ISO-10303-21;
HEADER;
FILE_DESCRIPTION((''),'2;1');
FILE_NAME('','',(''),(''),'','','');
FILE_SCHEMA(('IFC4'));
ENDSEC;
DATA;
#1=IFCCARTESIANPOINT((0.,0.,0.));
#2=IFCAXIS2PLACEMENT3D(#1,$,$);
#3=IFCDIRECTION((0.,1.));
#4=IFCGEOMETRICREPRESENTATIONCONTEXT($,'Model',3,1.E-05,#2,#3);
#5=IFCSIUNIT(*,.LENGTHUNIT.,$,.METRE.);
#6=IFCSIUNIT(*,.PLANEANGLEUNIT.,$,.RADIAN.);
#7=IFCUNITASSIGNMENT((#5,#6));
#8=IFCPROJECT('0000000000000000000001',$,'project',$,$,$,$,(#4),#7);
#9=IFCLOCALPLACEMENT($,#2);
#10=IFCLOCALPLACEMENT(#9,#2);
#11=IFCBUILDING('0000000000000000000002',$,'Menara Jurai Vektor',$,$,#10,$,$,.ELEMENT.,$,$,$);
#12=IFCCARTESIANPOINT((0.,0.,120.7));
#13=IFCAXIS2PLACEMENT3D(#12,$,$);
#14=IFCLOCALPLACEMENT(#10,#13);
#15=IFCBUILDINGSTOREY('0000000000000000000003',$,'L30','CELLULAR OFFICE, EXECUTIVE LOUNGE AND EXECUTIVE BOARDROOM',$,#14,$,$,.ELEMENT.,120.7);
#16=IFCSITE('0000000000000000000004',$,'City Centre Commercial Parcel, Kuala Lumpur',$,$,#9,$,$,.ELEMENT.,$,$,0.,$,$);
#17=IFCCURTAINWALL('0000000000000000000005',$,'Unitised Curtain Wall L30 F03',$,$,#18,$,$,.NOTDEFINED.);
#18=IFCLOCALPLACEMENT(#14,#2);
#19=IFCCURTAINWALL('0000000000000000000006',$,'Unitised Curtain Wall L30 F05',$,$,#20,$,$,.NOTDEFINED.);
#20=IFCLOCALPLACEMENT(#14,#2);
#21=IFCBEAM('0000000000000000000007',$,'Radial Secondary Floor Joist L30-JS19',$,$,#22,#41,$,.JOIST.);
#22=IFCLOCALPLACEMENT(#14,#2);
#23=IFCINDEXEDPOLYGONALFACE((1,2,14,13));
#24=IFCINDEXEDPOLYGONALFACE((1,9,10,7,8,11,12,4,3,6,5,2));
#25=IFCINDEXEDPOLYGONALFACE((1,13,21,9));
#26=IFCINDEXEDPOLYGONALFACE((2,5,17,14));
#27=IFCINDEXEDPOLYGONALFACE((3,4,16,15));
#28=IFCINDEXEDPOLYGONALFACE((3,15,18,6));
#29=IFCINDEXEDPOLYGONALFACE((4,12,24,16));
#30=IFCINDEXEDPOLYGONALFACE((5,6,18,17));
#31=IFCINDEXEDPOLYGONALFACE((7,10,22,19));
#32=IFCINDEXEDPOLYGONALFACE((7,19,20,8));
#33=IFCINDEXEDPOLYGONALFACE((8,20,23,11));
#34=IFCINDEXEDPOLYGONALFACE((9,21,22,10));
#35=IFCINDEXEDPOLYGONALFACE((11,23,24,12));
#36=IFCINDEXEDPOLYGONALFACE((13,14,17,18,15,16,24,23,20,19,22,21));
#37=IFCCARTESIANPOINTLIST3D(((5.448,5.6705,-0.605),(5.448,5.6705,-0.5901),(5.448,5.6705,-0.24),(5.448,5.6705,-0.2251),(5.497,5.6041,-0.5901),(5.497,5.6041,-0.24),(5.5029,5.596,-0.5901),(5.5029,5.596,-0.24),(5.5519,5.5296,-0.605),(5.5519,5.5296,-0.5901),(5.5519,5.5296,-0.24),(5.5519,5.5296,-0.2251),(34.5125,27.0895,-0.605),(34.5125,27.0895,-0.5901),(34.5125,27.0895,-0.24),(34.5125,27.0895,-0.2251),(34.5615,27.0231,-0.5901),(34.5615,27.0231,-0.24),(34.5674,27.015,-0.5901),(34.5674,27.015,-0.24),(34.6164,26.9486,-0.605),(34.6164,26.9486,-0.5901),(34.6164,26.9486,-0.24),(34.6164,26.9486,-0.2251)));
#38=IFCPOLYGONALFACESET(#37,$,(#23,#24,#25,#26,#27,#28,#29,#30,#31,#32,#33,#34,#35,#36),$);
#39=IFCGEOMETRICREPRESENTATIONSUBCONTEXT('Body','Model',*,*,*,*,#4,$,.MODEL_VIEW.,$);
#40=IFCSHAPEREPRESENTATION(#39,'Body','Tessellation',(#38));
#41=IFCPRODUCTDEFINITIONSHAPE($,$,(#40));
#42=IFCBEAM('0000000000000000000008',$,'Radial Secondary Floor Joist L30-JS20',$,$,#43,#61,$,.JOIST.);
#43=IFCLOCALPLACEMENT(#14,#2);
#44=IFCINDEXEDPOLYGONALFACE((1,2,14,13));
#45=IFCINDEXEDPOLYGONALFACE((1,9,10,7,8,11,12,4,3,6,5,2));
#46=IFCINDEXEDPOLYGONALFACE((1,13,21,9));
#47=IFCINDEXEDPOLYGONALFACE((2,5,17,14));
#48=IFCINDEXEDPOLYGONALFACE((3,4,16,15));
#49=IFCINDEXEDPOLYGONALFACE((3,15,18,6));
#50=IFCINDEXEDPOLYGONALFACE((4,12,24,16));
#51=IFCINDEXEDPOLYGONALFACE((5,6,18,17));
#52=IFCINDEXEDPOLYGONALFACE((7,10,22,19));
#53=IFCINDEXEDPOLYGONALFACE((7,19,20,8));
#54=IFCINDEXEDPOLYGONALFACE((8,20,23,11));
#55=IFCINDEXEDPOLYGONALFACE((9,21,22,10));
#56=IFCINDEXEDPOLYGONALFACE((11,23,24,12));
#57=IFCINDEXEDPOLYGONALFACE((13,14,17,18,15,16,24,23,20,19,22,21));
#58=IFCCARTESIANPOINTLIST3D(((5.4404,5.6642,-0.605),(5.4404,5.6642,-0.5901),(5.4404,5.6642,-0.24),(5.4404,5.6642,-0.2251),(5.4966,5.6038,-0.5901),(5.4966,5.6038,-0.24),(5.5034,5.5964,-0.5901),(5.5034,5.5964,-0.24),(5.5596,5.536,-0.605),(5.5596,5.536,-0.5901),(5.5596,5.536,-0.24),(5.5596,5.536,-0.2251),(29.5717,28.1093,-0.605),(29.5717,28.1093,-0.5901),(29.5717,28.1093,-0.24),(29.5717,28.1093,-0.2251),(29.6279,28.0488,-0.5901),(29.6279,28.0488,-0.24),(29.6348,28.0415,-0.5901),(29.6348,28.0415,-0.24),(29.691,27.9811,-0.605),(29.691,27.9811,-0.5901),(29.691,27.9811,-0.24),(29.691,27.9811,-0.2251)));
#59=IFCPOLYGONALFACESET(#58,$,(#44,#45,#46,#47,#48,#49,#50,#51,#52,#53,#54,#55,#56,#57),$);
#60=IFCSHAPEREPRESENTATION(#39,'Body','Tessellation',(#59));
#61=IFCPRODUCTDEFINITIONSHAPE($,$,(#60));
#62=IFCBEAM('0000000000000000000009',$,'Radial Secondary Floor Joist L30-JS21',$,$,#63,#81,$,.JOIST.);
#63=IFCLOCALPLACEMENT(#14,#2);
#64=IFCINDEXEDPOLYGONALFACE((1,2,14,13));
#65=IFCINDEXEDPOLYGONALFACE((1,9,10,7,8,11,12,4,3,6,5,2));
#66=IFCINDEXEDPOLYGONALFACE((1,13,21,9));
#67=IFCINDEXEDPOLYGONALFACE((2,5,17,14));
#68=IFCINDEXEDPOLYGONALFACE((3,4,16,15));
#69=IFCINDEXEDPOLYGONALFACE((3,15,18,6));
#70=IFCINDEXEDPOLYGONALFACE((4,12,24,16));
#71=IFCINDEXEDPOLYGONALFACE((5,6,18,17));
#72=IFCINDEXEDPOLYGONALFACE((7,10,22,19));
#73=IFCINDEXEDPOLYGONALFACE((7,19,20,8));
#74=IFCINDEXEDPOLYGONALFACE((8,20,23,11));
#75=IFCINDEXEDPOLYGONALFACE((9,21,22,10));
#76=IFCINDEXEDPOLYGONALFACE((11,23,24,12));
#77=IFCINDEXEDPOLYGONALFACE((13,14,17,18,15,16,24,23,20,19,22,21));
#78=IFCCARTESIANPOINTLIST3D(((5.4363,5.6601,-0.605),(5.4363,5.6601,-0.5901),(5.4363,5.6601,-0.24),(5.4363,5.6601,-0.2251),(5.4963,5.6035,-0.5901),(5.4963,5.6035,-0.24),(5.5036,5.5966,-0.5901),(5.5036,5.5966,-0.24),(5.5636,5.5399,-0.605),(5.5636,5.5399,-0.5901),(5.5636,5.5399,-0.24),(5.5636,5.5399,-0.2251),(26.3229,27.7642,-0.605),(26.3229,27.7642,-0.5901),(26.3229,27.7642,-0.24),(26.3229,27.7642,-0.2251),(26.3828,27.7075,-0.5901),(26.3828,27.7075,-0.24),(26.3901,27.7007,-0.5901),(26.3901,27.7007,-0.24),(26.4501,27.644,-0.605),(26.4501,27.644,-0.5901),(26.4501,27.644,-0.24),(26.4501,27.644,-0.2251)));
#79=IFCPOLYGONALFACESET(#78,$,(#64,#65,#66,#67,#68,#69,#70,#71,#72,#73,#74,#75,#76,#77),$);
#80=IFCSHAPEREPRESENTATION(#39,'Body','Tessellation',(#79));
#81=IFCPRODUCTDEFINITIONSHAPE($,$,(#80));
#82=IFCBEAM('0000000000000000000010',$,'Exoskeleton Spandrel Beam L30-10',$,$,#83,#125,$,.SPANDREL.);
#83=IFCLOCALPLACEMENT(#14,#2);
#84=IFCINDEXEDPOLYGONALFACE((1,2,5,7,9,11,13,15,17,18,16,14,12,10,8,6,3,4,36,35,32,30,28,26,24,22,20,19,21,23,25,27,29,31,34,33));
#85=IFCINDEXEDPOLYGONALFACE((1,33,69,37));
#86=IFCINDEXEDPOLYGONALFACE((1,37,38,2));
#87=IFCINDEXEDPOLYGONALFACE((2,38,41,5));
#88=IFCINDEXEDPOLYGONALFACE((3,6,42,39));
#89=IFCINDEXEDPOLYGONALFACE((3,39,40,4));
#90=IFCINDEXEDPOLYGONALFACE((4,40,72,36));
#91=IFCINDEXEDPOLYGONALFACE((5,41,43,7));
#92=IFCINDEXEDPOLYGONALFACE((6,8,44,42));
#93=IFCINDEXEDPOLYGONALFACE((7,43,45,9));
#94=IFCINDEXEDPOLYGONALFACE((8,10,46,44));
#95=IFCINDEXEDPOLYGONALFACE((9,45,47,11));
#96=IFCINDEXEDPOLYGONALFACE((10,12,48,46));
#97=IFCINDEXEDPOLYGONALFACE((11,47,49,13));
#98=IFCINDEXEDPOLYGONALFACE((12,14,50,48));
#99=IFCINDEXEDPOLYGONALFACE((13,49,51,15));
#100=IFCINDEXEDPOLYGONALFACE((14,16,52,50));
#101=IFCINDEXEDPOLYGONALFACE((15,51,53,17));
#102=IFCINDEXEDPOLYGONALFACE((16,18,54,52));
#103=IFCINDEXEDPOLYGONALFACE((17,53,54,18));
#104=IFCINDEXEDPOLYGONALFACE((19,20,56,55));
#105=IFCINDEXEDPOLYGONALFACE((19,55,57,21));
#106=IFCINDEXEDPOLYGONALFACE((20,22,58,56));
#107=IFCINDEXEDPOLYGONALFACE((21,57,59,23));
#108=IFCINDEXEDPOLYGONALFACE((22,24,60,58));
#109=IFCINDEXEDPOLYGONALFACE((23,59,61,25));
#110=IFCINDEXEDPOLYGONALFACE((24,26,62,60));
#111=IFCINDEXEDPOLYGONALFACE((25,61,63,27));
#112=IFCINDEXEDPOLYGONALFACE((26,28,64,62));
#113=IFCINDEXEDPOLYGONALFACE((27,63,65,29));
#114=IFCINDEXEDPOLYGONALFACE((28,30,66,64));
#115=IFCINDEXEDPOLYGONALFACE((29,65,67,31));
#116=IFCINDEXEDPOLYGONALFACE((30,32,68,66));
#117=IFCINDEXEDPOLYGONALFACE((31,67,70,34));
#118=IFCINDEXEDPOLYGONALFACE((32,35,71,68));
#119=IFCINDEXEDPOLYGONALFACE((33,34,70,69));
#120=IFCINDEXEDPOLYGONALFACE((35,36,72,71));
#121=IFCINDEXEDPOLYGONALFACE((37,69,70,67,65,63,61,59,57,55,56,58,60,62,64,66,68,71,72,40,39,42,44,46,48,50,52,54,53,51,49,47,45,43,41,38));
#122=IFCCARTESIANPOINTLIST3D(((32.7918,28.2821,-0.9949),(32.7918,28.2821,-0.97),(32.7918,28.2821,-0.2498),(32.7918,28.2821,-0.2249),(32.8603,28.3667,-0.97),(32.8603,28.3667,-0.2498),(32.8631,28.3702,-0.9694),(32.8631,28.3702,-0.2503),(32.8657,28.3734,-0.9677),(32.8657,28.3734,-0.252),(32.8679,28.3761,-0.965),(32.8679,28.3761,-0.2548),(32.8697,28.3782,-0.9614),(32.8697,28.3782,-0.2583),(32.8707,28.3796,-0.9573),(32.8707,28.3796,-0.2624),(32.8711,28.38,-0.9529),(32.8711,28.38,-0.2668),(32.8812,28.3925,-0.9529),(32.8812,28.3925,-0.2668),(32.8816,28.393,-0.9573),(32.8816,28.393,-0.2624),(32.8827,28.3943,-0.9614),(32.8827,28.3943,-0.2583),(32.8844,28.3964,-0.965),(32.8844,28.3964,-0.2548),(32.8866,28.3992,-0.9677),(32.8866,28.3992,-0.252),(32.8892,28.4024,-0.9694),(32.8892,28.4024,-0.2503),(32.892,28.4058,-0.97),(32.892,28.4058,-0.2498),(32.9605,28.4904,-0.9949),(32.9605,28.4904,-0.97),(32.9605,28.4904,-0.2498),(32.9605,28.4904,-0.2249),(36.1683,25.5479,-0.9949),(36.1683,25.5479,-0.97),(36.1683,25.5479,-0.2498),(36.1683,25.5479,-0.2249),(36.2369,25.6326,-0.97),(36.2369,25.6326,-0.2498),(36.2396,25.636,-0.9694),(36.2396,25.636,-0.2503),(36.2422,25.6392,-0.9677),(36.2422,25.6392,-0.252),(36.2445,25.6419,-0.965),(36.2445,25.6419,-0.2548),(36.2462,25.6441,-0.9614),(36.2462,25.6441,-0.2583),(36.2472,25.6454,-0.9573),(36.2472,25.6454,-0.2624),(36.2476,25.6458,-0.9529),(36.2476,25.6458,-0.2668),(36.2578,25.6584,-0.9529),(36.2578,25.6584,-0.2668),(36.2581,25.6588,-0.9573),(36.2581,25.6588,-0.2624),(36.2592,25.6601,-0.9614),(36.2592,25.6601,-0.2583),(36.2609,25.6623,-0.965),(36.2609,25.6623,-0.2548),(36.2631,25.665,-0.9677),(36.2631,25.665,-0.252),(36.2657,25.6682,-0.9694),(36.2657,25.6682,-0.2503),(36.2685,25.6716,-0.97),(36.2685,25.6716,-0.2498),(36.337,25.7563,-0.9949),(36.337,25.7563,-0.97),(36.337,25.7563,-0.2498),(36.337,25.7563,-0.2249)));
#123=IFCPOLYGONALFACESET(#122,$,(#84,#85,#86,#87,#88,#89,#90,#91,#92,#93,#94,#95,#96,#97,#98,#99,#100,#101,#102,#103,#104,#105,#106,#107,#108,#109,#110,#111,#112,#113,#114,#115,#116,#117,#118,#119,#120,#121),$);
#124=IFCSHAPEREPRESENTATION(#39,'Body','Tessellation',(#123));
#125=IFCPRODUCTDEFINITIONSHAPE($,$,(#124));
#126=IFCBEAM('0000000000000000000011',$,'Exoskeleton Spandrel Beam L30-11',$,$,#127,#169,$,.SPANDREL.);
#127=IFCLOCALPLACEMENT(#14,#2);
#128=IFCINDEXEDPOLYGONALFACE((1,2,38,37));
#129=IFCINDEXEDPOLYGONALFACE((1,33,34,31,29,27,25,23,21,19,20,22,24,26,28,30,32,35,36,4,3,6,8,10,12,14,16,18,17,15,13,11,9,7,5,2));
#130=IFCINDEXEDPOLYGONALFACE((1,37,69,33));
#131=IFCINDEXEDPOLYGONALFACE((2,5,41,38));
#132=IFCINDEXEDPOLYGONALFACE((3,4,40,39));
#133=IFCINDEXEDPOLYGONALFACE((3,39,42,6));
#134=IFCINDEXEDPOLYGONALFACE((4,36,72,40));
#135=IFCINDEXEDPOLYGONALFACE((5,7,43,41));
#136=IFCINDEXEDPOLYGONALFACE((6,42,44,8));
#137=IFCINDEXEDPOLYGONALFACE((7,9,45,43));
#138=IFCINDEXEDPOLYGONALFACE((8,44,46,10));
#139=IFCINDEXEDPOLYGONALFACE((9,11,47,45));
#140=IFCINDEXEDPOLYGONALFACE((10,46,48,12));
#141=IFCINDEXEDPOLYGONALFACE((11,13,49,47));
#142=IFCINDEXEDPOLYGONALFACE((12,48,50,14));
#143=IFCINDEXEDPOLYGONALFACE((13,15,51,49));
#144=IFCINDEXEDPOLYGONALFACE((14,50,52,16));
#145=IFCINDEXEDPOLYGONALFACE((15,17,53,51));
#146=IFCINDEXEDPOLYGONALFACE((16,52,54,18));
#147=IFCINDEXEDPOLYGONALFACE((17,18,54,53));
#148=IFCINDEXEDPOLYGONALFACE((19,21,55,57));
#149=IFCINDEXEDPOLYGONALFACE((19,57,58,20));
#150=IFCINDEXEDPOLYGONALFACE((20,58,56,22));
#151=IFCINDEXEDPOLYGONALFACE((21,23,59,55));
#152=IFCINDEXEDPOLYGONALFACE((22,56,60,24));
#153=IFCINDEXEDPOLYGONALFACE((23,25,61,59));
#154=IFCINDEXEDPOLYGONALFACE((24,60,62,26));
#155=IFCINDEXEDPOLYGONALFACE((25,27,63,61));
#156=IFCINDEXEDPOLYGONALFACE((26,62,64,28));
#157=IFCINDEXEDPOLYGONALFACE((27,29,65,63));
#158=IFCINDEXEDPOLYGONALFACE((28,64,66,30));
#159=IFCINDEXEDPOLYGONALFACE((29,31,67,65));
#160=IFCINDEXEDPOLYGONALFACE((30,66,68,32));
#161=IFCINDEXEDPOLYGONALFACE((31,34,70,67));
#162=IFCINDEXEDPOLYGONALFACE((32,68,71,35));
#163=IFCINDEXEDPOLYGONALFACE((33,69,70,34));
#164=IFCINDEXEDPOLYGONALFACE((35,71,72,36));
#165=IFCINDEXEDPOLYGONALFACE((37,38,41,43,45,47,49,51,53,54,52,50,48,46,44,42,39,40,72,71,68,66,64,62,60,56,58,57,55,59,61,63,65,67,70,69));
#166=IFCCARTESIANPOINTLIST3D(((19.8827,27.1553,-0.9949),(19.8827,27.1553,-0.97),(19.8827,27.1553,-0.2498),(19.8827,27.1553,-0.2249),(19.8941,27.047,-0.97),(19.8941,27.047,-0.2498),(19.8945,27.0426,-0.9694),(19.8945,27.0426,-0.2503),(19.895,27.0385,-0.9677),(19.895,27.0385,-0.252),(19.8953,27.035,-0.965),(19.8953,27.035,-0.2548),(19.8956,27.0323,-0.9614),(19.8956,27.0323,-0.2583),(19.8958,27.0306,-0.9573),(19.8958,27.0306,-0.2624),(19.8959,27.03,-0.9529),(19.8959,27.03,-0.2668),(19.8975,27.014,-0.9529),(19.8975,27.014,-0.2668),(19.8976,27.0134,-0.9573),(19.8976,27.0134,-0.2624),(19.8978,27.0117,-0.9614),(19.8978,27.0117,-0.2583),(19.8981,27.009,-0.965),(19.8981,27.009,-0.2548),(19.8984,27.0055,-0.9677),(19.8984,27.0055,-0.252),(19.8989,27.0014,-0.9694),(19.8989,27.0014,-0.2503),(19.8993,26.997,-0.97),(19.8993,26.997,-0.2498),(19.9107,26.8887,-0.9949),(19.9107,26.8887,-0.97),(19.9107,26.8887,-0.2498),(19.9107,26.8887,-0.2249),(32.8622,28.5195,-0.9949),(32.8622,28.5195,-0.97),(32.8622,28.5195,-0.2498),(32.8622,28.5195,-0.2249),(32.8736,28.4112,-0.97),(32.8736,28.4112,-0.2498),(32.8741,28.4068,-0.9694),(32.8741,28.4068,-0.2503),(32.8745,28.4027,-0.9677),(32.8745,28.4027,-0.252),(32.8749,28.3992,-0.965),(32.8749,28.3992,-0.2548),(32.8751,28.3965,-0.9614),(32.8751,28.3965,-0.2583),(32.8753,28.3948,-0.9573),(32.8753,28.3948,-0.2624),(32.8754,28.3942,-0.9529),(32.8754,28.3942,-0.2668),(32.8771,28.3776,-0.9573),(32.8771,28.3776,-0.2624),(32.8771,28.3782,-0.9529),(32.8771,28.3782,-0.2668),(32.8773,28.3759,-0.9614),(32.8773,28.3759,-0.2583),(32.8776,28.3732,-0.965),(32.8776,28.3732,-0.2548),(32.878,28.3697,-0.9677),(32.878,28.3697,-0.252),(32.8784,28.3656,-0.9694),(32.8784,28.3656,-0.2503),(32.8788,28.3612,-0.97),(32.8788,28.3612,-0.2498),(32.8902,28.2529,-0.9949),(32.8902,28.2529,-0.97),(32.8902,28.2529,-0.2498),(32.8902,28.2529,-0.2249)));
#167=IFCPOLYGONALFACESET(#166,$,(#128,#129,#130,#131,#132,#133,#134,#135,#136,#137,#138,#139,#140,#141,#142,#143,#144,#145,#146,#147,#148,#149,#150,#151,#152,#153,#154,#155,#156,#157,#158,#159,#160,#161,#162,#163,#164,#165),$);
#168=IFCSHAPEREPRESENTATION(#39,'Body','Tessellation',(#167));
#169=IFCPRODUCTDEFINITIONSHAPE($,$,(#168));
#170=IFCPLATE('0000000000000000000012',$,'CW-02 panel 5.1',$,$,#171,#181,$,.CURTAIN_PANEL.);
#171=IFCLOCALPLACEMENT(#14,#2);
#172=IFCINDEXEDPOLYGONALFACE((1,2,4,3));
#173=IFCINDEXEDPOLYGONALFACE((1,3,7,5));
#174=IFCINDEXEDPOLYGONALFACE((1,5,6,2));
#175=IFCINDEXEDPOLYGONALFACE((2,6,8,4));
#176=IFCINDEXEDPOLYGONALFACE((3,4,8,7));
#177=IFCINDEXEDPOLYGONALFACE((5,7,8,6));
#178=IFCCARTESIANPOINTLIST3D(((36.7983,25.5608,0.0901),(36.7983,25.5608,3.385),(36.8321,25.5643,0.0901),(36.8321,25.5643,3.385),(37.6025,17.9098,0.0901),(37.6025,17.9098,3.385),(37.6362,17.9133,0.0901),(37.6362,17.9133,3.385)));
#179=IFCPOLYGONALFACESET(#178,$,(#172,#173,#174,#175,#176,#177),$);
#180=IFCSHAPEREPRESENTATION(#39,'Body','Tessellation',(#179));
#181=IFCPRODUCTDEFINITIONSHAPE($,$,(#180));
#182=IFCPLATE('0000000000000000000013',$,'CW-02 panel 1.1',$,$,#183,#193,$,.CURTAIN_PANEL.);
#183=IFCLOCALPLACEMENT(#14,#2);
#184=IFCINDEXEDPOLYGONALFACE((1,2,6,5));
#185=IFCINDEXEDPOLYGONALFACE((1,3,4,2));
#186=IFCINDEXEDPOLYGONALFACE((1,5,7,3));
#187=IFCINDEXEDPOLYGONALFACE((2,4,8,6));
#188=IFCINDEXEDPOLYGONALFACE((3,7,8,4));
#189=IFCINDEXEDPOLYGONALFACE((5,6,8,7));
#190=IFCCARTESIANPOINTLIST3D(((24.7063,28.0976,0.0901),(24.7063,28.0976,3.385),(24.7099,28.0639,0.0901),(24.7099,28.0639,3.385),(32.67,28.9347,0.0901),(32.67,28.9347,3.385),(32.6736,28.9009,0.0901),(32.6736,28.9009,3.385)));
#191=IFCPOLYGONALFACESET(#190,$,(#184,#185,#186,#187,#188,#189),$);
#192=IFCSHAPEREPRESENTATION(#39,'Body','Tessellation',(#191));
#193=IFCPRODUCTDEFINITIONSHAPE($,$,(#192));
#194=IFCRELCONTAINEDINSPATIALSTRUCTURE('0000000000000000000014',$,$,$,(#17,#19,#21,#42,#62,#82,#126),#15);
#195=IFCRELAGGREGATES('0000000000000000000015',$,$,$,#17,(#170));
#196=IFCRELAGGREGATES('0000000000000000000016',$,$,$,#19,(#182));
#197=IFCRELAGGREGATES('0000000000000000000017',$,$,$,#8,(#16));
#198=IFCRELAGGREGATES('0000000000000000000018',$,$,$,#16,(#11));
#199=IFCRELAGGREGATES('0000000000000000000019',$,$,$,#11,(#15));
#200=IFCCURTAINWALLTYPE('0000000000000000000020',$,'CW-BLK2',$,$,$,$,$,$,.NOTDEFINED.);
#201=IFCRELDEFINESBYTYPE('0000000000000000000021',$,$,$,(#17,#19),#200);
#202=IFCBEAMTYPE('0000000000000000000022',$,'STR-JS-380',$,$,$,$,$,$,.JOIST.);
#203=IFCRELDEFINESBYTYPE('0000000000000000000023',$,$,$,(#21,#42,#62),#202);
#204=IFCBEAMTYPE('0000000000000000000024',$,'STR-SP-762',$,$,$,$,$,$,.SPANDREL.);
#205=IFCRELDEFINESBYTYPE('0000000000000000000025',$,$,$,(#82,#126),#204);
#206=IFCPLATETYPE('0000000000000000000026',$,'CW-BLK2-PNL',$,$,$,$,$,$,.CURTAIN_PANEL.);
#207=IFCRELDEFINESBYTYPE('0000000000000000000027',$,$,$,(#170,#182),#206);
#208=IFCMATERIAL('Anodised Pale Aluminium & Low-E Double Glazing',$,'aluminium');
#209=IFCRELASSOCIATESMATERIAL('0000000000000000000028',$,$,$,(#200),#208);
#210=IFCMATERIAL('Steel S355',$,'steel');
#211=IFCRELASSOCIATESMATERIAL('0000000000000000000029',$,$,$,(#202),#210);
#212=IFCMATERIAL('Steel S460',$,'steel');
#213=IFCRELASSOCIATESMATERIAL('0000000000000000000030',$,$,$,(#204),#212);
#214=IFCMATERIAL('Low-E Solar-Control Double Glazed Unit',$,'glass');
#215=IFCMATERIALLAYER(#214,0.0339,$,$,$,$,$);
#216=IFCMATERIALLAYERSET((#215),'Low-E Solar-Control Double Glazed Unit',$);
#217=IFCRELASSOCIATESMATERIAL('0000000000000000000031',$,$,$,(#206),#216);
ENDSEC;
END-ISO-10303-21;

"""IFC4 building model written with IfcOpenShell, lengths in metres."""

from ifc_helpers import new_model, si_unit, direction, frame, origin, origin_2d, place, context, subcontext, project, spatial, rectangle, i_section, extrude, material, layer, layer_set, material_profile, profile_set, type_object, element, aggregate, save


model = new_model("IFC4")

# Units and contexts
model_context = context("Model", 3, precision=1e-05, world=origin(), true_north=direction((0.0, 1.0)))
body_context = subcontext(model_context, "Body", "Model", "MODEL_VIEW")
ifc_project = project(units=[si_unit("LENGTHUNIT", "METRE"), si_unit("PLANEANGLEUNIT", "RADIAN")], contexts=[model_context])

# Site, building, storey
site_placement = place(None, origin())
site = spatial("IfcSite", under=ifc_project, at=site_placement, Name="City Centre Commercial Parcel, Kuala Lumpur", CompositionType="ELEMENT", RefElevation=0.0)
building_placement = place(site_placement, origin())
building = spatial("IfcBuilding", under=site, at=building_placement, Name="Menara Jurai Vektor", CompositionType="ELEMENT")
storey_placement = place(building_placement, frame((0.0, 0.0, 120.7)))
storey = spatial("IfcBuildingStorey", under=building, at=storey_placement, Name="L30", Description="CELLULAR OFFICE, EXECUTIVE LOUNGE AND EXECUTIVE BOARDROOM", CompositionType="ELEMENT", Elevation=120.7)

# Shared definitions
ifc_material_1 = material(Name="Steel S460", Category="steel")

# Curtain wall
ifc_material_2 = material(Name="Anodised Pale Aluminium & Low-E Double Glazing", Category="aluminium")
curtain_wall_type = type_object("IfcCurtainWallType", Name="CW-BLK2", PredefinedType="NOTDEFINED", material=ifc_material_2)
curtain_wall_1_placement = place(storey_placement, origin())
curtain_wall_1 = element("IfcCurtainWall", 1, at=curtain_wall_1_placement, inside=storey, type_object=curtain_wall_type, Name="Unitised Curtain Wall L30 F03", PredefinedType="NOTDEFINED")

# Curtain wall
curtain_wall_2_placement = place(storey_placement, origin())
curtain_wall_2 = element("IfcCurtainWall", 2, at=curtain_wall_2_placement, inside=storey, type_object=curtain_wall_type, Name="Unitised Curtain Wall L30 F05", PredefinedType="NOTDEFINED")

# Shared definitions
ifc_material_3 = material(Name="Steel S355", Category="steel")

# Beams
ifc_material_profile_1 = material_profile(ifc_material_3, i_section(OverallWidth=0.175, OverallDepth=0.3799, WebThickness=0.01, FlangeThickness=0.0149, at=origin_2d()), Name="PG 380x175x58")
ifc_profile_set_1 = profile_set([ifc_material_profile_1], Name="Steel S355")
beam_type_1 = type_object("IfcBeamType", Name="STR-JS-380", PredefinedType="JOIST", material=ifc_profile_set_1)
beam_1_placement = place(storey_placement, frame((34.5645, 27.019, -0.415), z_axis=(-0.805016, -0.593253, 0.0), x_axis=(0.593253, -0.805016, 0.0)))
element("IfcBeam", 3, at=beam_1_placement, inside=storey, type_object=beam_type_1, Name="Radial Secondary Floor Joist L30-JS19", PredefinedType="JOIST", context=body_context, shape_type="SweptSolid", body=[
    extrude(i_section(OverallWidth=0.175, OverallDepth=0.3799, WebThickness=0.01, FlangeThickness=0.0149, at=origin_2d()), origin(), (0.0, 0.0, 1.0), 36.1042),
])
beam_2_placement = place(storey_placement, frame((29.6313, 28.0452, -0.415), z_axis=(-0.732228, -0.68106, 0.0), x_axis=(0.68106, -0.732228, 0.0)))
element("IfcBeam", 4, at=beam_2_placement, inside=storey, type_object=beam_type_1, Name="Radial Secondary Floor Joist L30-JS20", PredefinedType="JOIST", context=body_context, shape_type="SweptSolid", body=[
    extrude(i_section(OverallWidth=0.175, OverallDepth=0.3799, WebThickness=0.01, FlangeThickness=0.0149, at=origin_2d()), origin(), (0.0, 0.0, 1.0), 32.9561),
])
beam_3_placement = place(storey_placement, frame((26.3865, 27.7041, -0.415), z_axis=(-0.686805, -0.726841, 0.0), x_axis=(0.726841, -0.686805, 0.0)))
element("IfcBeam", 5, at=beam_3_placement, inside=storey, type_object=beam_type_1, Name="Radial Secondary Floor Joist L30-JS21", PredefinedType="JOIST", context=body_context, shape_type="SweptSolid", body=[
    extrude(i_section(OverallWidth=0.175, OverallDepth=0.3799, WebThickness=0.01, FlangeThickness=0.0149, at=origin_2d()), origin(), (0.0, 0.0, 1.0), 30.4111),
])
ifc_material_profile_2 = material_profile(ifc_material_1, i_section(OverallWidth=0.2681, OverallDepth=0.77, WebThickness=0.0161, FlangeThickness=0.0249, FilletRadius=0.0171, at=origin_2d()), Name="UKB 762x267x197")
ifc_profile_set_2 = profile_set([ifc_material_profile_2], Name="Steel S460")
beam_type_2 = type_object("IfcBeamType", Name="STR-SP-762", PredefinedType="SPANDREL", material=ifc_profile_set_2)
beam_4_placement = place(storey_placement, frame((36.2527, 25.6521, -0.6099), z_axis=(-0.777155, 0.62931, 0.0), x_axis=(-0.62931, -0.777155, 0.0)))
element("IfcBeam", 6, at=beam_4_placement, inside=storey, type_object=beam_type_2, Name="Exoskeleton Spandrel Beam L30-10", PredefinedType="SPANDREL", context=body_context, shape_type="SweptSolid", body=[
    extrude(i_section(OverallWidth=0.2681, OverallDepth=0.77, WebThickness=0.0161, FlangeThickness=0.0249, FilletRadius=0.0171, at=origin_2d()), origin(), (0.0, 0.0, 1.0), 4.3447),
])
beam_5_placement = place(storey_placement, frame((32.8762, 28.3862, -0.6099), z_axis=(-0.994521, -0.104533, 0.0), x_axis=(0.104533, -0.994521, 0.0)))
element("IfcBeam", 7, at=beam_5_placement, inside=storey, type_object=beam_type_2, Name="Exoskeleton Spandrel Beam L30-11", PredefinedType="SPANDREL", context=body_context, shape_type="SweptSolid", body=[
    extrude(i_section(OverallWidth=0.2681, OverallDepth=0.77, WebThickness=0.0161, FlangeThickness=0.0249, FilletRadius=0.0171, at=origin_2d()), origin(), (0.0, 0.0, 1.0), 13.051),
])

# Plates
ifc_material_4 = material(Name="Low-E Solar-Control Double Glazed Unit", Category="glass")
ifc_layer_1 = layer(ifc_material_4, 0.0339)
ifc_layer_set_1 = layer_set([ifc_layer_1], Name="Low-E Solar-Control Double Glazed Unit")
plate_type_1 = type_object("IfcPlateType", Name="CW-BLK2-PNL", PredefinedType="CURTAIN_PANEL", material=ifc_layer_set_1)
plate_1_placement = place(storey_placement, frame((37.2173, 21.7371, 0.0901), z_axis=(0.0, 0.0, 1.0), x_axis=(-0.10453, 0.994522, 0.0)))
plate_1 = element("IfcPlate", 8, at=plate_1_placement, type_object=plate_type_1, Name="CW-02 panel 5.1", PredefinedType="CURTAIN_PANEL", context=body_context, shape_type="SweptSolid", body=[
    extrude(rectangle(XDim=7.6931, YDim=0.0339, at=origin_2d()), origin(), (0.0, 0.0, 1.0), 3.2949),
])
aggregate(curtain_wall_1, [plate_1])
plate_2_placement = place(storey_placement, frame((28.6899, 28.4993, 0.0901), z_axis=(0.0, 0.0, 1.0), x_axis=(-0.994522, -0.104529, 0.0)))
plate_2 = element("IfcPlate", 9, at=plate_2_placement, type_object=plate_type_1, Name="CW-02 panel 1.1", PredefinedType="CURTAIN_PANEL", context=body_context, shape_type="SweptSolid", body=[
    extrude(rectangle(XDim=8.0076, YDim=0.0339, at=origin_2d()), origin(), (0.0, 0.0, 1.0), 3.2949),
])
aggregate(curtain_wall_2, [plate_2])

save(model, "model.ifc")
